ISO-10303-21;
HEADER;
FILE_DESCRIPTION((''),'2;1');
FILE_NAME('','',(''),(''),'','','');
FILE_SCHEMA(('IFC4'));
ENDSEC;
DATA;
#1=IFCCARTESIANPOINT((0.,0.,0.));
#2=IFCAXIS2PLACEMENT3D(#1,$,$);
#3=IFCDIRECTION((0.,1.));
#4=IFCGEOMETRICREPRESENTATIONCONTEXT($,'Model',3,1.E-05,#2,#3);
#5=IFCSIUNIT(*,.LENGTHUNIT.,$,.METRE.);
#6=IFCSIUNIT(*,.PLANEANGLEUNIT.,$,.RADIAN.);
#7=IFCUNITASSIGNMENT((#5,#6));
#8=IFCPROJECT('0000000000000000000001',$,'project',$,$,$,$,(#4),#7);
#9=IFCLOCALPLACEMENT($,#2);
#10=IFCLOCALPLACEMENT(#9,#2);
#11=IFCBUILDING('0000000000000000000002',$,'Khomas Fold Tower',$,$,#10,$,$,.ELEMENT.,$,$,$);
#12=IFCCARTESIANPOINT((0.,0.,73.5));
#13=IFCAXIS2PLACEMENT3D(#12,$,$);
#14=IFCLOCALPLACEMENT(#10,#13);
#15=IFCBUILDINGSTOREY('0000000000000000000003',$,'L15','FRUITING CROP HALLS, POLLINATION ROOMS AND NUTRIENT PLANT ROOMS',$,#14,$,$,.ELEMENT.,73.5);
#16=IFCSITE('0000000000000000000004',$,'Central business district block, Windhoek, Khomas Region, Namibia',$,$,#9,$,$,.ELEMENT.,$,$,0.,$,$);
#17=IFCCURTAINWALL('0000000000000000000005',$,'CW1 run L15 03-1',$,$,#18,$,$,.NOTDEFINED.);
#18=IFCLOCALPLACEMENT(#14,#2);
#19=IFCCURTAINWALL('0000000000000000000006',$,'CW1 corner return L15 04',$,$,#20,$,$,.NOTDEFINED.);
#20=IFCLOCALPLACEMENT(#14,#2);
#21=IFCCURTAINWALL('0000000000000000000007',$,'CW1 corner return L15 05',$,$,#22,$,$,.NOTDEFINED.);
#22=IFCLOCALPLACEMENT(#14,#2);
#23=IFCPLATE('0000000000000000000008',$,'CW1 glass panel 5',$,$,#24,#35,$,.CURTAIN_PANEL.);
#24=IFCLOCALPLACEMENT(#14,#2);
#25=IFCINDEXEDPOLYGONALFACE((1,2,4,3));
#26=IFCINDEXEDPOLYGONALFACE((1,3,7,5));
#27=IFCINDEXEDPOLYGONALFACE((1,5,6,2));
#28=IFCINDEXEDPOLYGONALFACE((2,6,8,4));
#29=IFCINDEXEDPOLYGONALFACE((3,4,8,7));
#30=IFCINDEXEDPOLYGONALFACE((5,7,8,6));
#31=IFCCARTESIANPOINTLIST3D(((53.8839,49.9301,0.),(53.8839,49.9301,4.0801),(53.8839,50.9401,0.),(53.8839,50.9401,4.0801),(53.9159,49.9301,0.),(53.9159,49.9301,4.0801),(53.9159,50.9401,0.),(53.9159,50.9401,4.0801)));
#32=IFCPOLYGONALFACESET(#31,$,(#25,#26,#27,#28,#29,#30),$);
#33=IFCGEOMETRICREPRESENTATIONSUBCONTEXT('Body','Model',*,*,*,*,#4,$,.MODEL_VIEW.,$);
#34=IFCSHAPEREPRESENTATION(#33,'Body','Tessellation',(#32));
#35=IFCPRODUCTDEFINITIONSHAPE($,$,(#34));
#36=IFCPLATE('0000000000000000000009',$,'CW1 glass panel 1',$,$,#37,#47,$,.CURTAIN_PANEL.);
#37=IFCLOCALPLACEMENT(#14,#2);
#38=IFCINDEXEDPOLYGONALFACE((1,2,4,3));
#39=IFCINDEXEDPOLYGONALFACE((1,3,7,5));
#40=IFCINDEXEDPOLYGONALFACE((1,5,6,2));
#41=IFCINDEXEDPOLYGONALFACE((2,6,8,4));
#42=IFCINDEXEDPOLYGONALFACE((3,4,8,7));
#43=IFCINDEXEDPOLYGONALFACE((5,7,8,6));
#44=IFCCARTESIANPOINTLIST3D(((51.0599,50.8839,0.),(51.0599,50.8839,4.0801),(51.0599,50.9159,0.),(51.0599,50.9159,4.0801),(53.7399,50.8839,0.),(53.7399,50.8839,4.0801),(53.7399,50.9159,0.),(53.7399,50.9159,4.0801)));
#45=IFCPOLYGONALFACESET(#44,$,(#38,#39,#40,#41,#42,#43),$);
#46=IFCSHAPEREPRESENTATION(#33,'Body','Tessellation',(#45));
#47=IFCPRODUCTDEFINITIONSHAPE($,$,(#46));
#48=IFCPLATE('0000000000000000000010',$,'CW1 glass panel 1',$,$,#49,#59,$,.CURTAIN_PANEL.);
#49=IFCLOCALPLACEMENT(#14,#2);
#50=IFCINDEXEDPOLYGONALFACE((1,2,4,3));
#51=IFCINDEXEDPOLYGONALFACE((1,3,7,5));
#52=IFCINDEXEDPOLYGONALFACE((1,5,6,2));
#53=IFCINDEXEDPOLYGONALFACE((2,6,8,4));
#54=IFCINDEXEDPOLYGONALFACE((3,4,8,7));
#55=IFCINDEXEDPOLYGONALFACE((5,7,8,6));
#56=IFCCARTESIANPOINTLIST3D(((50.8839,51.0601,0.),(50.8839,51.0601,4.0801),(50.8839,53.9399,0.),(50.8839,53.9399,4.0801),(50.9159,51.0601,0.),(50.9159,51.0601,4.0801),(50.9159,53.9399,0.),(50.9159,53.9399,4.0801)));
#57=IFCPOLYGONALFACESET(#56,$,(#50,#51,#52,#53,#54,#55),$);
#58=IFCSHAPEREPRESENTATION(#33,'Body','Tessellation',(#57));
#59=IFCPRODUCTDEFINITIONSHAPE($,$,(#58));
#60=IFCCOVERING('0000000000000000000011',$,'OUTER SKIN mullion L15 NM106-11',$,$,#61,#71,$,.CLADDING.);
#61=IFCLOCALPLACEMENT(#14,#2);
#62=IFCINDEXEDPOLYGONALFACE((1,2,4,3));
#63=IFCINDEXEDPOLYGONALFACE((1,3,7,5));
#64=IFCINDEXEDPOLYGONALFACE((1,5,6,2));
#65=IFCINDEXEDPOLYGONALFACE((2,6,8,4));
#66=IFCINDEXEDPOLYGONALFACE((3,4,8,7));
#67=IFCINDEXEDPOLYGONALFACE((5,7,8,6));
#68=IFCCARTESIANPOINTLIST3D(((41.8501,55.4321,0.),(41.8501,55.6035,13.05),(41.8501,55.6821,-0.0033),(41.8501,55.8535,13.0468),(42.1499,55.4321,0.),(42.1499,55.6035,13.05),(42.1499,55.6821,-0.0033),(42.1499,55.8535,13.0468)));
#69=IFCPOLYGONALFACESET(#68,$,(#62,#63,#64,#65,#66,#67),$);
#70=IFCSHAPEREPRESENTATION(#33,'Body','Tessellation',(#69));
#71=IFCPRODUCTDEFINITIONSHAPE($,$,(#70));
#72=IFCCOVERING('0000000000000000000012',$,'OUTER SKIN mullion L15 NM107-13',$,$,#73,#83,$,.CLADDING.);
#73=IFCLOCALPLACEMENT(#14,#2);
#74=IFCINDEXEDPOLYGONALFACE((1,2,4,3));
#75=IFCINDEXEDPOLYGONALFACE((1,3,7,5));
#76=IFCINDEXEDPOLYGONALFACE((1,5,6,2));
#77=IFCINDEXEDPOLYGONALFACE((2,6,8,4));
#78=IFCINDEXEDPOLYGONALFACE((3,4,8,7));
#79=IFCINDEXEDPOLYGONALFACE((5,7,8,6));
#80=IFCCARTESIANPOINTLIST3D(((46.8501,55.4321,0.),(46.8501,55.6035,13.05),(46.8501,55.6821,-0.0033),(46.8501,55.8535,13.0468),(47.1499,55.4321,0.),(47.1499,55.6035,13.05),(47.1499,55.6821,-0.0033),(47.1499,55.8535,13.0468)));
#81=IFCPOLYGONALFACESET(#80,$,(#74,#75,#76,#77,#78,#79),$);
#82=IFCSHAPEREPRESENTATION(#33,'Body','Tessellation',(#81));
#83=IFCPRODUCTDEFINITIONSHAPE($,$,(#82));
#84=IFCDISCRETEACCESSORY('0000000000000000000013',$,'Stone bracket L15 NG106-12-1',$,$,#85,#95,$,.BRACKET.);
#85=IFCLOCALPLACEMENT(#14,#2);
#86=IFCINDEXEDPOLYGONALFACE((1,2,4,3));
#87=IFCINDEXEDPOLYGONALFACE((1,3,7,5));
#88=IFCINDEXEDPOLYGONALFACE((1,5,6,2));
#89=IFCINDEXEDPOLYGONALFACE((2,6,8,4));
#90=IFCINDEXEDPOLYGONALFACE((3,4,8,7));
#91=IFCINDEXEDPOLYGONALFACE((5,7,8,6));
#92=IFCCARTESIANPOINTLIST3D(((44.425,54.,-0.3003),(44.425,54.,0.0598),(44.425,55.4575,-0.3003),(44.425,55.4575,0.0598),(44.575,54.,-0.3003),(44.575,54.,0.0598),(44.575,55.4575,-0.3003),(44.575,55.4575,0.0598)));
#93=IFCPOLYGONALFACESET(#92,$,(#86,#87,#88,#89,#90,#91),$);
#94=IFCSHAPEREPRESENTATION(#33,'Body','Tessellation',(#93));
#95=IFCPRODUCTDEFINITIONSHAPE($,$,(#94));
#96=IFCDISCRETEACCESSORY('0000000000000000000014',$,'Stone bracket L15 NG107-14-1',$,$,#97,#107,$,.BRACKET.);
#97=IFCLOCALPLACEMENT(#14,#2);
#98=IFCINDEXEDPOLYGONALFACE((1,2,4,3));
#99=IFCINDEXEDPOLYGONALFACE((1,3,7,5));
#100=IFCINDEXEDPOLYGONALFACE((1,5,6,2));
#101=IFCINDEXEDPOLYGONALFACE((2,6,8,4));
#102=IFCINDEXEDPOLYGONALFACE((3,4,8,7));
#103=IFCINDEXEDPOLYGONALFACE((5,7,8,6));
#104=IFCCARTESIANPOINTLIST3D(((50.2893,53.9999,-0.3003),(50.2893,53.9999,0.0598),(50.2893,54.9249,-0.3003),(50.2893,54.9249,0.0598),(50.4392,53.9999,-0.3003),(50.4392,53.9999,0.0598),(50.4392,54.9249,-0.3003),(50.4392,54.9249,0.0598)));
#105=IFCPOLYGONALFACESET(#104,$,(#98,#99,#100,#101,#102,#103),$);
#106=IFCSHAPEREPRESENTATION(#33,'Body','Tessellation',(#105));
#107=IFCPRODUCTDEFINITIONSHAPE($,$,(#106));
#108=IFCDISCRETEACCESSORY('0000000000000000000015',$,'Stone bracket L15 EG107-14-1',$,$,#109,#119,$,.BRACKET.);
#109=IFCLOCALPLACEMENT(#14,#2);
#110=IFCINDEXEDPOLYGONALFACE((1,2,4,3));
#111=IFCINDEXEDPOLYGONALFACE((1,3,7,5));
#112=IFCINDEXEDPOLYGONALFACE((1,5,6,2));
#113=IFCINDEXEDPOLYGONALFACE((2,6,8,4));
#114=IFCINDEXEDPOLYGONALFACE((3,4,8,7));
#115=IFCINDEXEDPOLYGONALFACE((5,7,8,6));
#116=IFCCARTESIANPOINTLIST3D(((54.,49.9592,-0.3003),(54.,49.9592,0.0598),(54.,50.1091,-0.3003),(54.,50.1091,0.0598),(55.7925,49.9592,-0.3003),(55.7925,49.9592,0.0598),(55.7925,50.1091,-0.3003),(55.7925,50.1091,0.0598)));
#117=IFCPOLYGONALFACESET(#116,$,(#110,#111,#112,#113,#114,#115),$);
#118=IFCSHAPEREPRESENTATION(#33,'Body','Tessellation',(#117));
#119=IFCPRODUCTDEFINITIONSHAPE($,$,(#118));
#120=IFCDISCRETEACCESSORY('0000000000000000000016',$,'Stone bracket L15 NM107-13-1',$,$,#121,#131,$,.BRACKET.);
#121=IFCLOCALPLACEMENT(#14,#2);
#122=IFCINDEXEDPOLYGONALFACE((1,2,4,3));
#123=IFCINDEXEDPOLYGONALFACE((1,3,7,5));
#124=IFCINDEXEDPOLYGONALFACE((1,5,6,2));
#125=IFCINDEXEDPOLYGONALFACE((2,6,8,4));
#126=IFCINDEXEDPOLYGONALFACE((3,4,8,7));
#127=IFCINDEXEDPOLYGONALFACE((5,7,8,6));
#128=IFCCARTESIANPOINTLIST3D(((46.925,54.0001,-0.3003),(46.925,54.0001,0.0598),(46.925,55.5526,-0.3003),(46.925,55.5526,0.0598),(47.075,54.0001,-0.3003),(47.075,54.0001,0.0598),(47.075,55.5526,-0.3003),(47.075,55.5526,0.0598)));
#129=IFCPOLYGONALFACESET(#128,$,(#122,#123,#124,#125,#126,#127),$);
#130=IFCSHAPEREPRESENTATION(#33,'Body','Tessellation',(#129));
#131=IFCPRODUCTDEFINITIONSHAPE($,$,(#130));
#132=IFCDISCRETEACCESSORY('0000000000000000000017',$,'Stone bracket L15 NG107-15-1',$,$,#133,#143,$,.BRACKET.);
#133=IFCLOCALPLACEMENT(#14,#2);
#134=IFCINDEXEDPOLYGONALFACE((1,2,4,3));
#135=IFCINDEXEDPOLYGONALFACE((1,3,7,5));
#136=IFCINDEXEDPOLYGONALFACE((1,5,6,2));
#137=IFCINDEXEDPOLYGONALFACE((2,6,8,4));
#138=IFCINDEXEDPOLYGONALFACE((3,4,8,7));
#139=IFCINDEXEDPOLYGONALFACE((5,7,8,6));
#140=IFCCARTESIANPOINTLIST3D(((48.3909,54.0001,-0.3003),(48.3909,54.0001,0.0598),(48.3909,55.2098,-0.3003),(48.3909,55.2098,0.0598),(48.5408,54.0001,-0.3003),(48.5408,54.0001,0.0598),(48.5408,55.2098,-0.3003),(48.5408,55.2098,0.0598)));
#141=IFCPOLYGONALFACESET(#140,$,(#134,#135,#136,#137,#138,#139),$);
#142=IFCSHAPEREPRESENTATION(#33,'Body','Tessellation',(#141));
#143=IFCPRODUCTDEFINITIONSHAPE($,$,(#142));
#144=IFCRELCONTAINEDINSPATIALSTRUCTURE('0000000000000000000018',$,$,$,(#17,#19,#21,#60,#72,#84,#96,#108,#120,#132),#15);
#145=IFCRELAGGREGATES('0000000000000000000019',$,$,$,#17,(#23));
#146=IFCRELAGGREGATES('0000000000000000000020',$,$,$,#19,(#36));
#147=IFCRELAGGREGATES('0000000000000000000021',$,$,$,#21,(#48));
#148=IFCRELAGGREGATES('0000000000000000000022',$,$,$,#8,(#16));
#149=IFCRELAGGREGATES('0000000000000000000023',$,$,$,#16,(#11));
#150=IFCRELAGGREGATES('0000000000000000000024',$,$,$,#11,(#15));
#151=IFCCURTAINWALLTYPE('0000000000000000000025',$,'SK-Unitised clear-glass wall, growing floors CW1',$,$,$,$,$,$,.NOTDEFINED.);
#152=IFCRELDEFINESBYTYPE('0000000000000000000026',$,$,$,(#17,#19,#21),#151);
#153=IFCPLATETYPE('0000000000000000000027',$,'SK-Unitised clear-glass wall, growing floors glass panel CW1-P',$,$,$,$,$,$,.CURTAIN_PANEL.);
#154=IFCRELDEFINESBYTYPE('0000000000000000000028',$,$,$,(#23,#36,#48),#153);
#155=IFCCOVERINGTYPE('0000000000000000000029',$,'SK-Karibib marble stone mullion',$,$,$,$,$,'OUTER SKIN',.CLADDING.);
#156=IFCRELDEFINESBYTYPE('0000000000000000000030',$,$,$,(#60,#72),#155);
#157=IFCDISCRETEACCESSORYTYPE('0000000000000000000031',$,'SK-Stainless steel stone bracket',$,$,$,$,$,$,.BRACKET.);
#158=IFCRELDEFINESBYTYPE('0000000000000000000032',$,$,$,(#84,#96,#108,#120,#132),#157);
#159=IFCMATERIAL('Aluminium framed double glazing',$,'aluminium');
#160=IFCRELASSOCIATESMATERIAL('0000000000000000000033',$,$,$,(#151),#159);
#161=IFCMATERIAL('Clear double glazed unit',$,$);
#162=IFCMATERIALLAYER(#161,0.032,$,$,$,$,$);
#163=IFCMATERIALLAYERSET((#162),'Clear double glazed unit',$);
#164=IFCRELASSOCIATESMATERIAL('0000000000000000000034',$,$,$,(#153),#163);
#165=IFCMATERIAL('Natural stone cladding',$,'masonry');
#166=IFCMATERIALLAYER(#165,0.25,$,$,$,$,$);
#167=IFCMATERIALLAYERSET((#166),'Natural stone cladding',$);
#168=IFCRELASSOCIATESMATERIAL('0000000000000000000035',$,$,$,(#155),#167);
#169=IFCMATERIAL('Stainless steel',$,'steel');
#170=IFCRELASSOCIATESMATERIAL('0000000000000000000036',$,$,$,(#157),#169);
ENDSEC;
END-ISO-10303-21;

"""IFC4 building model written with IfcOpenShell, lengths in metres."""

from ifc_helpers import new_model, si_unit, direction, frame, origin, origin_2d, place, context, subcontext, project, spatial, polyline, rectangle, outline, extrude, source, transform, mapped, material, layer, layer_set, type_object, element, aggregate, save


model = new_model("IFC4")

# Units and contexts
model_context = context("Model", 3, precision=1e-05, world=origin(), true_north=direction((0.0, 1.0)))
body_context = subcontext(model_context, "Body", "Model", "MODEL_VIEW")
ifc_project = project(units=[si_unit("LENGTHUNIT", "METRE"), si_unit("PLANEANGLEUNIT", "RADIAN")], contexts=[model_context])

# Site, building, storey
site_placement = place(None, origin())
site = spatial("IfcSite", under=ifc_project, at=site_placement, Name="Central business district block, Windhoek, Khomas Region, Namibia", CompositionType="ELEMENT", RefElevation=0.0)
building_placement = place(site_placement, origin())
building = spatial("IfcBuilding", under=site, at=building_placement, Name="Khomas Fold Tower", CompositionType="ELEMENT")
storey_placement = place(building_placement, frame((0.0, 0.0, 73.5)))
storey = spatial("IfcBuildingStorey", under=building, at=storey_placement, Name="L15", Description="FRUITING CROP HALLS, POLLINATION ROOMS AND NUTRIENT PLANT ROOMS", CompositionType="ELEMENT", Elevation=73.5)

# Shared definitions
ifc_material_1 = material(Name="Aluminium framed double glazing", Category="aluminium")
curtain_wall_type = type_object("IfcCurtainWallType", Name="SK-Unitised clear-glass wall, growing floors CW1", PredefinedType="NOTDEFINED", material=ifc_material_1)

# Curtain walls
curtain_wall_1_placement = place(storey_placement, origin())
curtain_wall_1 = element("IfcCurtainWall", 1, at=curtain_wall_1_placement, inside=storey, type_object=curtain_wall_type, Name="CW1 run L15 03-1", PredefinedType="NOTDEFINED")
curtain_wall_2_placement = place(storey_placement, origin())
curtain_wall_2 = element("IfcCurtainWall", 2, at=curtain_wall_2_placement, inside=storey, type_object=curtain_wall_type, Name="CW1 corner return L15 04", PredefinedType="NOTDEFINED")
curtain_wall_3_placement = place(storey_placement, origin())
curtain_wall_3 = element("IfcCurtainWall", 3, at=curtain_wall_3_placement, inside=storey, type_object=curtain_wall_type, Name="CW1 corner return L15 05", PredefinedType="NOTDEFINED")

# Plates
ifc_material_2 = material(Name="Clear double glazed unit")
ifc_layer_1 = layer(ifc_material_2, 0.032)
ifc_layer_set_1 = layer_set([ifc_layer_1], Name="Clear double glazed unit")
plate_type_1 = type_object("IfcPlateType", Name="SK-Unitised clear-glass wall, growing floors glass panel CW1-P", PredefinedType="CURTAIN_PANEL", material=ifc_layer_set_1)
shared_shape_1 = source(origin(), body_context, "Body", "SweptSolid", [
    extrude(rectangle(XDim=1.01, YDim=0.032, at=origin_2d()), origin(), (0.0, 0.0, 1.0), 4.0801),
])
plate_1_placement = place(storey_placement, frame((53.8999, 50.4351, 0.0), z_axis=(0.0, 0.0, 1.0), x_axis=(0.0, 1.0, 0.0)))
plate_1 = element("IfcPlate", 4, at=plate_1_placement, type_object=plate_type_1, Name="CW1 glass panel 5", PredefinedType="CURTAIN_PANEL", context=body_context, shape_type="MappedRepresentation", body=[
    mapped(shared_shape_1, transform((0.0, 0.0, 0.0))),
])
aggregate(curtain_wall_1, [plate_1])
shared_shape_2 = source(origin(), body_context, "Body", "SweptSolid", [
    extrude(rectangle(XDim=2.6799, YDim=0.032, at=origin_2d()), origin(), (0.0, 0.0, 1.0), 4.0801),
])
plate_2_placement = place(storey_placement, frame((52.3999, 50.8999, 0.0), z_axis=(0.0, 0.0, 1.0), x_axis=(-1.0, 0.0, 0.0)))
plate_2 = element("IfcPlate", 5, at=plate_2_placement, type_object=plate_type_1, Name="CW1 glass panel 1", PredefinedType="CURTAIN_PANEL", context=body_context, shape_type="MappedRepresentation", body=[
    mapped(shared_shape_2, transform((0.0, 0.0, 0.0))),
])
aggregate(curtain_wall_2, [plate_2])
shared_shape_3 = source(origin(), body_context, "Body", "SweptSolid", [
    extrude(rectangle(XDim=2.8799, YDim=0.032, at=origin_2d()), origin(), (0.0, 0.0, 1.0), 4.0801),
])
plate_3_placement = place(storey_placement, frame((50.8999, 52.5, 0.0), z_axis=(0.0, 0.0, 1.0), x_axis=(0.0, 1.0, 0.0)))
plate_3 = element("IfcPlate", 6, at=plate_3_placement, type_object=plate_type_1, Name="CW1 glass panel 1", PredefinedType="CURTAIN_PANEL", context=body_context, shape_type="MappedRepresentation", body=[
    mapped(shared_shape_3, transform((0.0, 0.0, 0.0))),
])
aggregate(curtain_wall_3, [plate_3])

# Coverings
ifc_material_3 = material(Name="Natural stone cladding", Category="masonry")
ifc_layer_2 = layer(ifc_material_3, 0.25)
ifc_layer_set_2 = layer_set([ifc_layer_2], Name="Natural stone cladding")
covering_type = type_object("IfcCoveringType", Name="SK-Karibib marble stone mullion", ElementType="OUTER SKIN", PredefinedType="CLADDING", material=ifc_layer_set_2)
for number, where, z_axis, x_axis, name in (
    (7, (42.1499, 55.6035, 13.05), (0.0, -0.999914, 0.013132), (0.0, -0.013132, -0.999914), "OUTER SKIN mullion L15 NM106-11"),
    (8, (47.1499, 55.6035, 13.05), (0.0, -0.999914, 0.013132), (0.0, -0.013132, -0.999914), "OUTER SKIN mullion L15 NM107-13"),
):
    element("IfcCovering", number, at=place(storey_placement, frame(where, z_axis=z_axis, x_axis=x_axis)), inside=storey, type_object=covering_type, Name=name, PredefinedType="CLADDING", context=body_context, shape_type="SweptSolid", body=[
        extrude(outline(polyline([(0.0, 0.0), (13.0512, 0.0), (13.0512, -0.2998), (0.0, -0.2998), (0.0, 0.0)])), origin(), (0.0, 0.0, -1.0), 0.25),
    ])

# Discrete accessories
ifc_material_4 = material(Name="Stainless steel", Category="steel")
discrete_accessory_type = type_object("IfcDiscreteAccessoryType", Name="SK-Stainless steel stone bracket", PredefinedType="BRACKET", material=ifc_material_4)
shared_shape_4 = source(origin(), body_context, "Body", "SweptSolid", [
    extrude(rectangle(XDim=1.4575, YDim=0.1499, at=origin_2d()), origin(), (0.0, 0.0, 1.0), 0.3601),
])
discrete_accessory_1_placement = place(storey_placement, frame((44.5, 54.7288, -0.3003), z_axis=(0.0, 0.0, 1.0), x_axis=(0.0, 1.0, 0.0)))
element("IfcDiscreteAccessory", 9, at=discrete_accessory_1_placement, inside=storey, type_object=discrete_accessory_type, Name="Stone bracket L15 NG106-12-1", PredefinedType="BRACKET", context=body_context, shape_type="MappedRepresentation", body=[
    mapped(shared_shape_4, transform((0.0, 0.0, 0.0))),
])
shared_shape_5 = source(origin(), body_context, "Body", "SweptSolid", [
    extrude(rectangle(XDim=0.925, YDim=0.1499, at=origin_2d()), origin(), (0.0, 0.0, 1.0), 0.3601),
])
discrete_accessory_2_placement = place(storey_placement, frame((50.3643, 54.4624, -0.3003), z_axis=(0.0, 0.0, 1.0), x_axis=(0.0, 1.0, 0.0)))
element("IfcDiscreteAccessory", 10, at=discrete_accessory_2_placement, inside=storey, type_object=discrete_accessory_type, Name="Stone bracket L15 NG107-14-1", PredefinedType="BRACKET", context=body_context, shape_type="MappedRepresentation", body=[
    mapped(shared_shape_5, transform((0.0, 0.0, 0.0))),
])
shared_shape_6 = source(origin(), body_context, "Body", "SweptSolid", [
    extrude(rectangle(XDim=1.7925, YDim=0.1499, at=origin_2d()), origin(), (0.0, 0.0, 1.0), 0.3601),
])
discrete_accessory_3_placement = place(storey_placement, frame((54.8962, 50.0342, -0.3003), z_axis=(0.0, 0.0, 1.0), x_axis=(1.0, 0.0, 0.0)))
element("IfcDiscreteAccessory", 11, at=discrete_accessory_3_placement, inside=storey, type_object=discrete_accessory_type, Name="Stone bracket L15 EG107-14-1", PredefinedType="BRACKET", context=body_context, shape_type="MappedRepresentation", body=[
    mapped(shared_shape_6, transform((0.0, 0.0, 0.0))),
])
shared_shape_7 = source(origin(), body_context, "Body", "SweptSolid", [
    extrude(rectangle(XDim=1.5525, YDim=0.1499, at=origin_2d()), origin(), (0.0, 0.0, 1.0), 0.3601),
])
discrete_accessory_4_placement = place(storey_placement, frame((47.0, 54.7764, -0.3003), z_axis=(0.0, 0.0, 1.0), x_axis=(0.0, 1.0, 0.0)))
element("IfcDiscreteAccessory", 12, at=discrete_accessory_4_placement, inside=storey, type_object=discrete_accessory_type, Name="Stone bracket L15 NM107-13-1", PredefinedType="BRACKET", context=body_context, shape_type="MappedRepresentation", body=[
    mapped(shared_shape_7, transform((0.0, 0.0, 0.0))),
])
shared_shape_8 = source(origin(), body_context, "Body", "SweptSolid", [
    extrude(rectangle(XDim=1.2097, YDim=0.1499, at=origin_2d()), origin(), (0.0, 0.0, 1.0), 0.3601),
])
discrete_accessory_5_placement = place(storey_placement, frame((48.4658, 54.605, -0.3003), z_axis=(0.0, 0.0, 1.0), x_axis=(0.0, 1.0, 0.0)))
element("IfcDiscreteAccessory", 13, at=discrete_accessory_5_placement, inside=storey, type_object=discrete_accessory_type, Name="Stone bracket L15 NG107-15-1", PredefinedType="BRACKET", context=body_context, shape_type="MappedRepresentation", body=[
    mapped(shared_shape_8, transform((0.0, 0.0, 0.0))),
])

save(model, "model.ifc")
